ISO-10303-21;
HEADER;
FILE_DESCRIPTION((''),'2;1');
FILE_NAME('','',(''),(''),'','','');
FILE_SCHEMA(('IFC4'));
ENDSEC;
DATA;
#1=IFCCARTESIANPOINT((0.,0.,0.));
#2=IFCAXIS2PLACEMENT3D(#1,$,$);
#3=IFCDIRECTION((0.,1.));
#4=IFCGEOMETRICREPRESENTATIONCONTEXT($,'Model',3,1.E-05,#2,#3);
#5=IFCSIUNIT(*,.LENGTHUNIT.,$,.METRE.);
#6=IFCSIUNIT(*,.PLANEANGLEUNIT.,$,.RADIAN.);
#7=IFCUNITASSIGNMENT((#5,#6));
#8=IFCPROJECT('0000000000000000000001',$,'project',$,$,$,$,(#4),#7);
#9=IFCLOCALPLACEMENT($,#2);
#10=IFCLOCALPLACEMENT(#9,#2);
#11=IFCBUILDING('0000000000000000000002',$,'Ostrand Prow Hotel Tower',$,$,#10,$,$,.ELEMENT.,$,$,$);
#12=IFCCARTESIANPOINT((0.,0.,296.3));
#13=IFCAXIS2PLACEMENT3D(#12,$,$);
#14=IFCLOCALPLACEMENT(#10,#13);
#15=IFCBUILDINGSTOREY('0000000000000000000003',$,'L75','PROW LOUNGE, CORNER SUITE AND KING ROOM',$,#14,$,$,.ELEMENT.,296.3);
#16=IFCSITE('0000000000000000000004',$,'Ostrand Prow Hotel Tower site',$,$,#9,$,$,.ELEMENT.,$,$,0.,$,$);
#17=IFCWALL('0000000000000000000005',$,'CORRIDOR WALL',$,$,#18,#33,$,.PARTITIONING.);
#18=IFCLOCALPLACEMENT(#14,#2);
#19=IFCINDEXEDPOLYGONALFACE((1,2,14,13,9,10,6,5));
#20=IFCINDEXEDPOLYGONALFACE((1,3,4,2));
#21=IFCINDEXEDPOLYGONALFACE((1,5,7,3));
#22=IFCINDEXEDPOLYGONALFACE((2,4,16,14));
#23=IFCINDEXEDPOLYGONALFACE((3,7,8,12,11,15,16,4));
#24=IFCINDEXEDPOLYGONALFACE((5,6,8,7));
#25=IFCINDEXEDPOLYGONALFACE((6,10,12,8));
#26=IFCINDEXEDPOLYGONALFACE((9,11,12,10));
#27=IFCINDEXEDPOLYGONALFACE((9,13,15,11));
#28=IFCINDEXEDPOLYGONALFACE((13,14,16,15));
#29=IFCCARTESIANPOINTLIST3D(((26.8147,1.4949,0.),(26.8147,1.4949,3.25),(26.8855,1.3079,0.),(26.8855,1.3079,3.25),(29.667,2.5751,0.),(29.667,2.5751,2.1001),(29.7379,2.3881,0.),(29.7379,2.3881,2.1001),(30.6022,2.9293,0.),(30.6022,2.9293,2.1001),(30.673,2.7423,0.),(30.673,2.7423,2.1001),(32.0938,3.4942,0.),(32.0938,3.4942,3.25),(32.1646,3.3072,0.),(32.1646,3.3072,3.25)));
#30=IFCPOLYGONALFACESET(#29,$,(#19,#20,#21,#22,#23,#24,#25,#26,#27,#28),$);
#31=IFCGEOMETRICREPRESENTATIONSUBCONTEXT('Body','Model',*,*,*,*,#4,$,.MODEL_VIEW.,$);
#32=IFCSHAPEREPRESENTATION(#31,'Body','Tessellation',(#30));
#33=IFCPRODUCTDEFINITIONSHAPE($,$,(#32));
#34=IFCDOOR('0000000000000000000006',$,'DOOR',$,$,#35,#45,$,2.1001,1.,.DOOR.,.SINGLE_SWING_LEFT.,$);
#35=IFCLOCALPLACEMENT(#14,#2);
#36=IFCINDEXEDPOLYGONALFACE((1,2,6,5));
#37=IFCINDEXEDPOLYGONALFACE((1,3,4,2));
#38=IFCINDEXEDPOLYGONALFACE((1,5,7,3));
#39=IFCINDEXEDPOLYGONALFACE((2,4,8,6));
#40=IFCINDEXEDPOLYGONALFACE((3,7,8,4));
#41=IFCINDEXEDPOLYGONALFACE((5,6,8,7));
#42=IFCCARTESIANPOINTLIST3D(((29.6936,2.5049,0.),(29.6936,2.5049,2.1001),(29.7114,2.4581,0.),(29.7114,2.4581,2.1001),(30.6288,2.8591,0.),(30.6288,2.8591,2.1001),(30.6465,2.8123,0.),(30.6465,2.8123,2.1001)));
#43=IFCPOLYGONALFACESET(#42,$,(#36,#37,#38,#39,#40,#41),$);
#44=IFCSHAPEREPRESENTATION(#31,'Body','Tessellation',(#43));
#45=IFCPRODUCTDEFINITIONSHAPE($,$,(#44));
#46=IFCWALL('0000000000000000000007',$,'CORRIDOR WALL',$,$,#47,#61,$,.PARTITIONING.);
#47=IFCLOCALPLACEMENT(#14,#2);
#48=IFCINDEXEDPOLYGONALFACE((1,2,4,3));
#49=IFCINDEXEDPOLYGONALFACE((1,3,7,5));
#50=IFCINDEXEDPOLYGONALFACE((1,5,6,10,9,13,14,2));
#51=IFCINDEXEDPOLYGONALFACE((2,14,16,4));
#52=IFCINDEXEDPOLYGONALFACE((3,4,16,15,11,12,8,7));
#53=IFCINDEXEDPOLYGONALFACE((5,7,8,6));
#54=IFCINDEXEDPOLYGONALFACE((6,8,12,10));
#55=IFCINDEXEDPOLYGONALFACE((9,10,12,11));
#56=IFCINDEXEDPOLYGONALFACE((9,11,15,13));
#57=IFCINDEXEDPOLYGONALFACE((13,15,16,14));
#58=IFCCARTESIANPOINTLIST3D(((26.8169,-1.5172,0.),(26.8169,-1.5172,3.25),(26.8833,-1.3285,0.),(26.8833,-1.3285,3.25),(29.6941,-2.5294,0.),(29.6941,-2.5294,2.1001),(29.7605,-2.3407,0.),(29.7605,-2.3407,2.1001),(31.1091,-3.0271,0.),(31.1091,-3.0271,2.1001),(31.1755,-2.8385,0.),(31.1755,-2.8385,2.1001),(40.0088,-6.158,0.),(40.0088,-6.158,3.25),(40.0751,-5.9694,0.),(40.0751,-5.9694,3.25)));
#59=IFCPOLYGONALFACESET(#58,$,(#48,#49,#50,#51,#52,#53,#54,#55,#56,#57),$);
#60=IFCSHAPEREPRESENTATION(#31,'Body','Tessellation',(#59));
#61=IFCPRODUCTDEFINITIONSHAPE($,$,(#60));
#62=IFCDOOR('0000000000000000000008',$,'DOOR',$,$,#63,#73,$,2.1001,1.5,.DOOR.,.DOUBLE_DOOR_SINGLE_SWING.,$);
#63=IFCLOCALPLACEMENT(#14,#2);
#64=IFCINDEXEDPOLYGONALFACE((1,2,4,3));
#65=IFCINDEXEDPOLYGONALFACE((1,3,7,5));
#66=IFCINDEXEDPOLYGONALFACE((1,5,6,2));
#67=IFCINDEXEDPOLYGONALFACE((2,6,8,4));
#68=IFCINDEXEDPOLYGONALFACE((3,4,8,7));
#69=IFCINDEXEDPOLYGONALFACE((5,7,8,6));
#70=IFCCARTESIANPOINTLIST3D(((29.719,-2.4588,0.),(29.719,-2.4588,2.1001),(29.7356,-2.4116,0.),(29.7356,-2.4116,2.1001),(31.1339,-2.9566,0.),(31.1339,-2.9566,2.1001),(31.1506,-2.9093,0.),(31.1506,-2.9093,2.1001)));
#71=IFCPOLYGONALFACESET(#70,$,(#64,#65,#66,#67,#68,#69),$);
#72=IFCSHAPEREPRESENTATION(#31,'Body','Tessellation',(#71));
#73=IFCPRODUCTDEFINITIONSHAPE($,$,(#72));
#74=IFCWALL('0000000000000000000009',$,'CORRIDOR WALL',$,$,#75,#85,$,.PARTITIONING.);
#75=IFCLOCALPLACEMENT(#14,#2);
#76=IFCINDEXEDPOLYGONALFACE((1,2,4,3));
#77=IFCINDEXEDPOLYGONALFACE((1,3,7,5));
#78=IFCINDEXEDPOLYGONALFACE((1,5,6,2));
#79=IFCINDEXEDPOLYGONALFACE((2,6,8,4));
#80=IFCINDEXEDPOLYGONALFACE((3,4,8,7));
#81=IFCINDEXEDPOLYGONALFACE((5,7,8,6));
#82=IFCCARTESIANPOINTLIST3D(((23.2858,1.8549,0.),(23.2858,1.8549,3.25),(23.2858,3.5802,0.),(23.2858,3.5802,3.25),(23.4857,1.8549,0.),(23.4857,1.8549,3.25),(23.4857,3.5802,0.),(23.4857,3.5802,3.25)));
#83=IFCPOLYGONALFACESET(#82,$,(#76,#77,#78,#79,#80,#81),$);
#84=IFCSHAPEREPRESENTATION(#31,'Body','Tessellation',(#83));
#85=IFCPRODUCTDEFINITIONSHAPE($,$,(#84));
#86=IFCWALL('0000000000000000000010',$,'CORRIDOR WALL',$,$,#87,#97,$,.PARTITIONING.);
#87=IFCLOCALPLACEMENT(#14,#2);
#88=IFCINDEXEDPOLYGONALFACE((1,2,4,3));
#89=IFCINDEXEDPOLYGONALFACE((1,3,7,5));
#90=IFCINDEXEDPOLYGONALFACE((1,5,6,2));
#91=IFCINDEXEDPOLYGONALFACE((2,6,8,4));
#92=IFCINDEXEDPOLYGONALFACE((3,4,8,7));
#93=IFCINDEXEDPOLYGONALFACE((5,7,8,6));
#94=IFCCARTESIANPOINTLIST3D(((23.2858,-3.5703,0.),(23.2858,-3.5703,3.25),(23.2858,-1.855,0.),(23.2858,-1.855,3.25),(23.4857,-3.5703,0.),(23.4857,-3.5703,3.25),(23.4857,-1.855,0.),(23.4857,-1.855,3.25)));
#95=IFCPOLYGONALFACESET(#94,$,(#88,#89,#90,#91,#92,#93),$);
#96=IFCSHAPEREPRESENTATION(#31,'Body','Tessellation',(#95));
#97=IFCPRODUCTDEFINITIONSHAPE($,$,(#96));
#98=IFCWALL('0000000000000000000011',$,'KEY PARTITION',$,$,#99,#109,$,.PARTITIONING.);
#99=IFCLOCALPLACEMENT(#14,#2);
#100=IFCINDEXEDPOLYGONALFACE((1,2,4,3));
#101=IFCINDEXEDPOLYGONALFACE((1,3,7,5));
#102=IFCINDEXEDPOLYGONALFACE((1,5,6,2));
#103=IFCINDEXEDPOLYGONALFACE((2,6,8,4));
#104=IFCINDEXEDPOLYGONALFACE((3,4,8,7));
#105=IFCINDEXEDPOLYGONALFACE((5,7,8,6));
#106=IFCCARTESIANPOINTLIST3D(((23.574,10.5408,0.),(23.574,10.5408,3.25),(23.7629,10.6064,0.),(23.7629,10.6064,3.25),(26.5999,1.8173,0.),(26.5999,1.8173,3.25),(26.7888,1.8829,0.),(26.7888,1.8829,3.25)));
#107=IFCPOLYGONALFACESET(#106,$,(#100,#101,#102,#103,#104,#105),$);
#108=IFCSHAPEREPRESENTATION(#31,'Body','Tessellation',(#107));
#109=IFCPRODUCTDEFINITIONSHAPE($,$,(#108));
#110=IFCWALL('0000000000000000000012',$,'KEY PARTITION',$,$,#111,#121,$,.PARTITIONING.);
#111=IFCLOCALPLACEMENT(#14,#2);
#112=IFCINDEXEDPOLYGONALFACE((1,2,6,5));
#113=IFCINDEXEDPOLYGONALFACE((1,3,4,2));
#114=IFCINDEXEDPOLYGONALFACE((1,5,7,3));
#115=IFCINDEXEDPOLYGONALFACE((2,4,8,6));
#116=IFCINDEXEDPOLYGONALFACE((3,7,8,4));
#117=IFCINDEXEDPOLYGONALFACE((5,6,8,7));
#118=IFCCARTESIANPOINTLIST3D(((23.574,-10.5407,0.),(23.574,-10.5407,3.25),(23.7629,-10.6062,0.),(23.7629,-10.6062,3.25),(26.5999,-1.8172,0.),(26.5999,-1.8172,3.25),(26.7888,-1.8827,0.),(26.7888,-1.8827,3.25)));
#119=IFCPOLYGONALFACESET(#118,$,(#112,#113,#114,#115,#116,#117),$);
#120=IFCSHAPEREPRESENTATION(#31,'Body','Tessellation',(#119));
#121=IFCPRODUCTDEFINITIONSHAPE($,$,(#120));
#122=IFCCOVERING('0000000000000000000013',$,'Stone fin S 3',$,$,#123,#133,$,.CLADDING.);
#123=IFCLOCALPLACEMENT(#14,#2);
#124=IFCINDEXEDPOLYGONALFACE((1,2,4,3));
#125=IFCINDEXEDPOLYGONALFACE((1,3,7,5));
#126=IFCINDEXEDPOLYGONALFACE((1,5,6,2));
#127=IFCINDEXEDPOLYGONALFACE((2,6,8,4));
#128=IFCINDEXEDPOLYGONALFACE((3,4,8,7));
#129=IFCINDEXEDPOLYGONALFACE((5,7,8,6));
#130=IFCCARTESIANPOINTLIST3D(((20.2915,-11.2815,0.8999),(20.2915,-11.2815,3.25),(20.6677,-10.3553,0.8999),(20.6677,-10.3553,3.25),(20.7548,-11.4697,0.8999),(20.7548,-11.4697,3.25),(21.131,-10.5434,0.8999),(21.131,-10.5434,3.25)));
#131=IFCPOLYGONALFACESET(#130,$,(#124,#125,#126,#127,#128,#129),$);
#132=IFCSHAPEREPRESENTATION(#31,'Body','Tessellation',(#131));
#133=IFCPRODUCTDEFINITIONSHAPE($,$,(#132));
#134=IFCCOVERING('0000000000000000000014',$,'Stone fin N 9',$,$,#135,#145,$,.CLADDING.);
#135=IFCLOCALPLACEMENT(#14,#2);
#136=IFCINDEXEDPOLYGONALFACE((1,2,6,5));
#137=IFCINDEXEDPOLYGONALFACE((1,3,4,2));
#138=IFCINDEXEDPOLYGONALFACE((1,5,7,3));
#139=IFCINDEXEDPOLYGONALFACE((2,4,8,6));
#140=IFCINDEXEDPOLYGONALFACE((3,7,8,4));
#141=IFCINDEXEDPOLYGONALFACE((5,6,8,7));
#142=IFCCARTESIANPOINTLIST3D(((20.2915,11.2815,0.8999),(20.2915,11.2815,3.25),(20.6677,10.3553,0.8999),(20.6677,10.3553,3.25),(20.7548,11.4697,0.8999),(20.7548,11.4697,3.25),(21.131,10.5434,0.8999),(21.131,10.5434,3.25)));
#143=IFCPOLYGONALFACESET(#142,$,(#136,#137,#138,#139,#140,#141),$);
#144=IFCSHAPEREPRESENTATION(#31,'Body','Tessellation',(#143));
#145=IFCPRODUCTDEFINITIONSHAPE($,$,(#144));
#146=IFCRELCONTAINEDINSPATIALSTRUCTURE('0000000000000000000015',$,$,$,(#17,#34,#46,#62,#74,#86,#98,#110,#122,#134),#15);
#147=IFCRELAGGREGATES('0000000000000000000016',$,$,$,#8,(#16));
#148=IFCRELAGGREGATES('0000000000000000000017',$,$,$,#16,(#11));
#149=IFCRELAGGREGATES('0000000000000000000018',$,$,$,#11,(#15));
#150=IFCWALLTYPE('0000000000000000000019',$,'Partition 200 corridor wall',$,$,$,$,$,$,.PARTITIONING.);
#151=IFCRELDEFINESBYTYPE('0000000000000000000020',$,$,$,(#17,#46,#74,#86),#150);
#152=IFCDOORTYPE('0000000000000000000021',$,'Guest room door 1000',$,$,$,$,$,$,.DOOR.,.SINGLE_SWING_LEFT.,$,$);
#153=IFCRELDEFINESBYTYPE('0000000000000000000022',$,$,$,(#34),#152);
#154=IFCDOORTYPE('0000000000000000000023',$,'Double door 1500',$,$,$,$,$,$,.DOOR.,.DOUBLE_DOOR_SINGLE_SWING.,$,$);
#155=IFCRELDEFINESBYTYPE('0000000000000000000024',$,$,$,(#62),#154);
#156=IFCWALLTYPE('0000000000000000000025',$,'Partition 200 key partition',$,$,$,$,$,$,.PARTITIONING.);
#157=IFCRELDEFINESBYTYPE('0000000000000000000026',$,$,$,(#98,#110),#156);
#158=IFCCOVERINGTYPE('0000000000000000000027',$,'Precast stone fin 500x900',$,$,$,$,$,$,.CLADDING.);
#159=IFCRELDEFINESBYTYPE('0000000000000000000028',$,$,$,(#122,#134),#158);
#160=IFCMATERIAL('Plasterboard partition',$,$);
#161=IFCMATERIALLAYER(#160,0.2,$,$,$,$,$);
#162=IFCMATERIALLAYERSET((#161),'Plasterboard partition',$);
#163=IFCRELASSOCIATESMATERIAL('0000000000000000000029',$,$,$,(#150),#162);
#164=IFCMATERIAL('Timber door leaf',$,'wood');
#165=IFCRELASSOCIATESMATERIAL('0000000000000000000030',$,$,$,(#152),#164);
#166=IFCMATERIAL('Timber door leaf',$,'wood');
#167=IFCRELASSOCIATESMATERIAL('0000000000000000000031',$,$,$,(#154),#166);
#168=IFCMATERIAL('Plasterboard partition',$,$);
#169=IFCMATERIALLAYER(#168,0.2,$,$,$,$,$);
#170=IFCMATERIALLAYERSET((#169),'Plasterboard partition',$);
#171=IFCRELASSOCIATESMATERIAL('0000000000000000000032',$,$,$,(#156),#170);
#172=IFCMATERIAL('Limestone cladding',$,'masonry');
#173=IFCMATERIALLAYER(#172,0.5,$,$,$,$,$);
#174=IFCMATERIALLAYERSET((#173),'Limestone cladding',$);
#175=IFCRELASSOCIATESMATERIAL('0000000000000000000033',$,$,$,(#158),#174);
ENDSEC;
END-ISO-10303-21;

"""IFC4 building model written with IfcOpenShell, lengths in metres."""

from ifc_helpers import new_model, si_unit, direction, frame, frame_2d, origin, place, context, subcontext, project, spatial, rectangle, extrude, material, layer, layer_set, type_object, element, fill, save


model = new_model("IFC4")

# Units and contexts
model_context = context("Model", 3, precision=1e-05, world=origin(), true_north=direction((0.0, 1.0)))
body_context = subcontext(model_context, "Body", "Model", "MODEL_VIEW")
ifc_project = project(units=[si_unit("LENGTHUNIT", "METRE"), si_unit("PLANEANGLEUNIT", "RADIAN")], contexts=[model_context])

# Site, building, storey
site_placement = place(None, origin())
site = spatial("IfcSite", under=ifc_project, at=site_placement, Name="Ostrand Prow Hotel Tower site", CompositionType="ELEMENT", RefElevation=0.0)
building_placement = place(site_placement, origin())
building = spatial("IfcBuilding", under=site, at=building_placement, Name="Ostrand Prow Hotel Tower", CompositionType="ELEMENT")
storey_placement = place(building_placement, frame((0.0, 0.0, 296.3)))
storey = spatial("IfcBuildingStorey", under=building, at=storey_placement, Name="L75", Description="PROW LOUNGE, CORNER SUITE AND KING ROOM", CompositionType="ELEMENT", Elevation=296.3)

# Walls, openings, doors
ifc_material_1 = material(Name="Plasterboard partition")
ifc_layer_1 = layer(ifc_material_1, 0.2)
ifc_layer_set_1 = layer_set([ifc_layer_1], Name="Plasterboard partition")
wall_type_1 = type_object("IfcWallType", Name="Partition 200 corridor wall", PredefinedType="PARTITIONING", material=ifc_layer_set_1)
wall_1_placement = place(storey_placement, frame((26.8501, 1.4014, 0.0), z_axis=(0.0, 0.0, 1.0), x_axis=(0.935181, 0.354169, 0.0)))
wall_1 = element("IfcWall", 1, at=wall_1_placement, inside=storey, type_object=wall_type_1, Name="CORRIDOR WALL", PredefinedType="PARTITIONING", context=body_context, shape_type="SweptSolid", body=[
    extrude(rectangle(XDim=5.645, YDim=0.2, at=frame_2d((2.8225, 0.0))), origin(), (0.0, 0.0, 1.0), 3.25),
])
opening_1_placement = place(wall_1_placement, frame((3.05, 0.0, 0.0)))
opening_1 = element("IfcOpeningElement", 2, at=opening_1_placement, cuts=wall_1, PredefinedType="OPENING", context=body_context, shape_type="SweptSolid", body=[
    extrude(rectangle(XDim=1.0, YDim=2.1001, at=frame_2d((0.5, 1.05))), frame((0.0, 0.1099, 0.0), z_axis=(0.0, -1.0, 0.0), x_axis=(1.0, 0.0, 0.0)), (0.0, 0.0, 1.0), 0.22),
])
ifc_material_2 = material(Name="Timber door leaf", Category="wood")
door_type_1 = type_object("IfcDoorType", Name="Guest room door 1000", OperationType="SINGLE_SWING_LEFT", PredefinedType="DOOR", material=ifc_material_2)
door_1_placement = place(opening_1_placement, origin())
door_1 = element("IfcDoor", 3, at=door_1_placement, inside=storey, type_object=door_type_1, Name="DOOR", OperationType="SINGLE_SWING_LEFT", OverallHeight=2.1001, OverallWidth=1.0, PredefinedType="DOOR", context=body_context, shape_type="SweptSolid", body=[
    extrude(rectangle(XDim=1.0, YDim=2.1001, at=frame_2d((0.5, 1.05))), frame((0.0, 0.0249, 0.0), z_axis=(0.0, -1.0, 0.0), x_axis=(1.0, 0.0, 0.0)), (0.0, 0.0, 1.0), 0.05),
])
fill(opening_1, door_1)
wall_2_placement = place(storey_placement, frame((26.8501, -1.4229, 0.0), z_axis=(0.0, 0.0, 1.0), x_axis=(0.943329, -0.33186, 0.0)))
wall_2 = element("IfcWall", 4, at=wall_2_placement, inside=storey, type_object=wall_type_1, Name="CORRIDOR WALL", PredefinedType="PARTITIONING", context=body_context, shape_type="SweptSolid", body=[
    extrude(rectangle(XDim=13.9844, YDim=0.2, at=frame_2d((6.9922, 0.0))), origin(), (0.0, 0.0, 1.0), 3.25),
])
opening_2_placement = place(wall_2_placement, frame((3.05, 0.0, 0.0)))
opening_2 = element("IfcOpeningElement", 5, at=opening_2_placement, cuts=wall_2, PredefinedType="OPENING", context=body_context, shape_type="SweptSolid", body=[
    extrude(rectangle(XDim=1.5, YDim=2.1001, at=frame_2d((0.75, 1.05))), frame((0.0, 0.1099, 0.0), z_axis=(0.0, -1.0, 0.0), x_axis=(1.0, 0.0, 0.0)), (0.0, 0.0, 1.0), 0.22),
])
ifc_material_3 = material(Name="Timber door leaf", Category="wood")
door_type_2 = type_object("IfcDoorType", Name="Double door 1500", OperationType="DOUBLE_DOOR_SINGLE_SWING", PredefinedType="DOOR", material=ifc_material_3)
door_2_placement = place(opening_2_placement, origin())
door_2 = element("IfcDoor", 6, at=door_2_placement, inside=storey, type_object=door_type_2, Name="DOOR", OperationType="DOUBLE_DOOR_SINGLE_SWING", OverallHeight=2.1001, OverallWidth=1.5, PredefinedType="DOOR", context=body_context, shape_type="SweptSolid", body=[
    extrude(rectangle(XDim=1.5, YDim=2.1001, at=frame_2d((0.75, 1.05))), frame((0.0, 0.0249, 0.0), z_axis=(0.0, -1.0, 0.0), x_axis=(1.0, 0.0, 0.0)), (0.0, 0.0, 1.0), 0.05),
])
fill(opening_2, door_2)

# Walls
wall_3_placement = place(storey_placement, frame((23.3857, 3.5803, 0.0), z_axis=(0.0, 0.0, 1.0), x_axis=(0.0, -1.0, 0.0)))
element("IfcWall", 7, at=wall_3_placement, inside=storey, type_object=wall_type_1, Name="CORRIDOR WALL", PredefinedType="PARTITIONING", context=body_context, shape_type="SweptSolid", body=[
    extrude(rectangle(XDim=1.7253, YDim=0.2, at=frame_2d((0.8628, 0.0))), origin(), (0.0, 0.0, 1.0), 3.25),
])
wall_4_placement = place(storey_placement, frame((23.3857, -1.855, 0.0), z_axis=(0.0, 0.0, 1.0), x_axis=(0.0, -1.0, 0.0)))
element("IfcWall", 8, at=wall_4_placement, inside=storey, type_object=wall_type_1, Name="CORRIDOR WALL", PredefinedType="PARTITIONING", context=body_context, shape_type="SweptSolid", body=[
    extrude(rectangle(XDim=1.7153, YDim=0.2, at=frame_2d((0.8577, 0.0))), origin(), (0.0, 0.0, 1.0), 3.25),
])
ifc_material_4 = material(Name="Plasterboard partition")
ifc_layer_2 = layer(ifc_material_4, 0.2)
ifc_layer_set_2 = layer_set([ifc_layer_2], Name="Plasterboard partition")
wall_type_2 = type_object("IfcWallType", Name="Partition 200 key partition", PredefinedType="PARTITIONING", material=ifc_layer_set_2)
for number, where, z_axis, x_axis, name in (
    (9, (26.6943, 1.8501, 0.0), (0.0, 0.0, 1.0), (-0.327714, 0.944777, 0.0), "KEY PARTITION"),
    (10, (23.6685, -10.5735, 0.0), (0.0, 0.0, 1.0), (0.327714, 0.944777, 0.0), "KEY PARTITION"),
):
    element("IfcWall", number, at=place(storey_placement, frame(where, z_axis=z_axis, x_axis=x_axis)), inside=storey, type_object=wall_type_2, Name=name, PredefinedType="PARTITIONING", context=body_context, shape_type="SweptSolid", body=[
        extrude(rectangle(XDim=9.2334, YDim=0.2, at=frame_2d((4.6167, 0.0))), origin(), (0.0, 0.0, 1.0), 3.25),
    ])

# Coverings
ifc_material_5 = material(Name="Limestone cladding", Category="masonry")
ifc_layer_3 = layer(ifc_material_5, 0.5)
ifc_layer_set_3 = layer_set([ifc_layer_3], Name="Limestone cladding")
covering_type = type_object("IfcCoveringType", Name="Precast stone fin 500x900", PredefinedType="CLADDING", material=ifc_layer_set_3)
for number, where, z_axis, x_axis, name in (
    (11, (20.8994, -10.4492, 0.8999), (0.0, 0.0, 1.0), (-0.376312, -0.926493, 0.0), "Stone fin S 3"),
    (12, (20.8994, 10.4492, 0.8999), (0.0, 0.0, 1.0), (-0.376312, 0.926493, 0.0), "Stone fin N 9"),
):
    element("IfcCovering", number, at=place(storey_placement, frame(where, z_axis=z_axis, x_axis=x_axis)), inside=storey, type_object=covering_type, Name=name, PredefinedType="CLADDING", context=body_context, shape_type="SweptSolid", body=[
        extrude(rectangle(XDim=0.9998, YDim=0.5, at=frame_2d((0.5, 0.0))), origin(), (0.0, 0.0, 1.0), 2.3501),
    ])

save(model, "model.ifc")
